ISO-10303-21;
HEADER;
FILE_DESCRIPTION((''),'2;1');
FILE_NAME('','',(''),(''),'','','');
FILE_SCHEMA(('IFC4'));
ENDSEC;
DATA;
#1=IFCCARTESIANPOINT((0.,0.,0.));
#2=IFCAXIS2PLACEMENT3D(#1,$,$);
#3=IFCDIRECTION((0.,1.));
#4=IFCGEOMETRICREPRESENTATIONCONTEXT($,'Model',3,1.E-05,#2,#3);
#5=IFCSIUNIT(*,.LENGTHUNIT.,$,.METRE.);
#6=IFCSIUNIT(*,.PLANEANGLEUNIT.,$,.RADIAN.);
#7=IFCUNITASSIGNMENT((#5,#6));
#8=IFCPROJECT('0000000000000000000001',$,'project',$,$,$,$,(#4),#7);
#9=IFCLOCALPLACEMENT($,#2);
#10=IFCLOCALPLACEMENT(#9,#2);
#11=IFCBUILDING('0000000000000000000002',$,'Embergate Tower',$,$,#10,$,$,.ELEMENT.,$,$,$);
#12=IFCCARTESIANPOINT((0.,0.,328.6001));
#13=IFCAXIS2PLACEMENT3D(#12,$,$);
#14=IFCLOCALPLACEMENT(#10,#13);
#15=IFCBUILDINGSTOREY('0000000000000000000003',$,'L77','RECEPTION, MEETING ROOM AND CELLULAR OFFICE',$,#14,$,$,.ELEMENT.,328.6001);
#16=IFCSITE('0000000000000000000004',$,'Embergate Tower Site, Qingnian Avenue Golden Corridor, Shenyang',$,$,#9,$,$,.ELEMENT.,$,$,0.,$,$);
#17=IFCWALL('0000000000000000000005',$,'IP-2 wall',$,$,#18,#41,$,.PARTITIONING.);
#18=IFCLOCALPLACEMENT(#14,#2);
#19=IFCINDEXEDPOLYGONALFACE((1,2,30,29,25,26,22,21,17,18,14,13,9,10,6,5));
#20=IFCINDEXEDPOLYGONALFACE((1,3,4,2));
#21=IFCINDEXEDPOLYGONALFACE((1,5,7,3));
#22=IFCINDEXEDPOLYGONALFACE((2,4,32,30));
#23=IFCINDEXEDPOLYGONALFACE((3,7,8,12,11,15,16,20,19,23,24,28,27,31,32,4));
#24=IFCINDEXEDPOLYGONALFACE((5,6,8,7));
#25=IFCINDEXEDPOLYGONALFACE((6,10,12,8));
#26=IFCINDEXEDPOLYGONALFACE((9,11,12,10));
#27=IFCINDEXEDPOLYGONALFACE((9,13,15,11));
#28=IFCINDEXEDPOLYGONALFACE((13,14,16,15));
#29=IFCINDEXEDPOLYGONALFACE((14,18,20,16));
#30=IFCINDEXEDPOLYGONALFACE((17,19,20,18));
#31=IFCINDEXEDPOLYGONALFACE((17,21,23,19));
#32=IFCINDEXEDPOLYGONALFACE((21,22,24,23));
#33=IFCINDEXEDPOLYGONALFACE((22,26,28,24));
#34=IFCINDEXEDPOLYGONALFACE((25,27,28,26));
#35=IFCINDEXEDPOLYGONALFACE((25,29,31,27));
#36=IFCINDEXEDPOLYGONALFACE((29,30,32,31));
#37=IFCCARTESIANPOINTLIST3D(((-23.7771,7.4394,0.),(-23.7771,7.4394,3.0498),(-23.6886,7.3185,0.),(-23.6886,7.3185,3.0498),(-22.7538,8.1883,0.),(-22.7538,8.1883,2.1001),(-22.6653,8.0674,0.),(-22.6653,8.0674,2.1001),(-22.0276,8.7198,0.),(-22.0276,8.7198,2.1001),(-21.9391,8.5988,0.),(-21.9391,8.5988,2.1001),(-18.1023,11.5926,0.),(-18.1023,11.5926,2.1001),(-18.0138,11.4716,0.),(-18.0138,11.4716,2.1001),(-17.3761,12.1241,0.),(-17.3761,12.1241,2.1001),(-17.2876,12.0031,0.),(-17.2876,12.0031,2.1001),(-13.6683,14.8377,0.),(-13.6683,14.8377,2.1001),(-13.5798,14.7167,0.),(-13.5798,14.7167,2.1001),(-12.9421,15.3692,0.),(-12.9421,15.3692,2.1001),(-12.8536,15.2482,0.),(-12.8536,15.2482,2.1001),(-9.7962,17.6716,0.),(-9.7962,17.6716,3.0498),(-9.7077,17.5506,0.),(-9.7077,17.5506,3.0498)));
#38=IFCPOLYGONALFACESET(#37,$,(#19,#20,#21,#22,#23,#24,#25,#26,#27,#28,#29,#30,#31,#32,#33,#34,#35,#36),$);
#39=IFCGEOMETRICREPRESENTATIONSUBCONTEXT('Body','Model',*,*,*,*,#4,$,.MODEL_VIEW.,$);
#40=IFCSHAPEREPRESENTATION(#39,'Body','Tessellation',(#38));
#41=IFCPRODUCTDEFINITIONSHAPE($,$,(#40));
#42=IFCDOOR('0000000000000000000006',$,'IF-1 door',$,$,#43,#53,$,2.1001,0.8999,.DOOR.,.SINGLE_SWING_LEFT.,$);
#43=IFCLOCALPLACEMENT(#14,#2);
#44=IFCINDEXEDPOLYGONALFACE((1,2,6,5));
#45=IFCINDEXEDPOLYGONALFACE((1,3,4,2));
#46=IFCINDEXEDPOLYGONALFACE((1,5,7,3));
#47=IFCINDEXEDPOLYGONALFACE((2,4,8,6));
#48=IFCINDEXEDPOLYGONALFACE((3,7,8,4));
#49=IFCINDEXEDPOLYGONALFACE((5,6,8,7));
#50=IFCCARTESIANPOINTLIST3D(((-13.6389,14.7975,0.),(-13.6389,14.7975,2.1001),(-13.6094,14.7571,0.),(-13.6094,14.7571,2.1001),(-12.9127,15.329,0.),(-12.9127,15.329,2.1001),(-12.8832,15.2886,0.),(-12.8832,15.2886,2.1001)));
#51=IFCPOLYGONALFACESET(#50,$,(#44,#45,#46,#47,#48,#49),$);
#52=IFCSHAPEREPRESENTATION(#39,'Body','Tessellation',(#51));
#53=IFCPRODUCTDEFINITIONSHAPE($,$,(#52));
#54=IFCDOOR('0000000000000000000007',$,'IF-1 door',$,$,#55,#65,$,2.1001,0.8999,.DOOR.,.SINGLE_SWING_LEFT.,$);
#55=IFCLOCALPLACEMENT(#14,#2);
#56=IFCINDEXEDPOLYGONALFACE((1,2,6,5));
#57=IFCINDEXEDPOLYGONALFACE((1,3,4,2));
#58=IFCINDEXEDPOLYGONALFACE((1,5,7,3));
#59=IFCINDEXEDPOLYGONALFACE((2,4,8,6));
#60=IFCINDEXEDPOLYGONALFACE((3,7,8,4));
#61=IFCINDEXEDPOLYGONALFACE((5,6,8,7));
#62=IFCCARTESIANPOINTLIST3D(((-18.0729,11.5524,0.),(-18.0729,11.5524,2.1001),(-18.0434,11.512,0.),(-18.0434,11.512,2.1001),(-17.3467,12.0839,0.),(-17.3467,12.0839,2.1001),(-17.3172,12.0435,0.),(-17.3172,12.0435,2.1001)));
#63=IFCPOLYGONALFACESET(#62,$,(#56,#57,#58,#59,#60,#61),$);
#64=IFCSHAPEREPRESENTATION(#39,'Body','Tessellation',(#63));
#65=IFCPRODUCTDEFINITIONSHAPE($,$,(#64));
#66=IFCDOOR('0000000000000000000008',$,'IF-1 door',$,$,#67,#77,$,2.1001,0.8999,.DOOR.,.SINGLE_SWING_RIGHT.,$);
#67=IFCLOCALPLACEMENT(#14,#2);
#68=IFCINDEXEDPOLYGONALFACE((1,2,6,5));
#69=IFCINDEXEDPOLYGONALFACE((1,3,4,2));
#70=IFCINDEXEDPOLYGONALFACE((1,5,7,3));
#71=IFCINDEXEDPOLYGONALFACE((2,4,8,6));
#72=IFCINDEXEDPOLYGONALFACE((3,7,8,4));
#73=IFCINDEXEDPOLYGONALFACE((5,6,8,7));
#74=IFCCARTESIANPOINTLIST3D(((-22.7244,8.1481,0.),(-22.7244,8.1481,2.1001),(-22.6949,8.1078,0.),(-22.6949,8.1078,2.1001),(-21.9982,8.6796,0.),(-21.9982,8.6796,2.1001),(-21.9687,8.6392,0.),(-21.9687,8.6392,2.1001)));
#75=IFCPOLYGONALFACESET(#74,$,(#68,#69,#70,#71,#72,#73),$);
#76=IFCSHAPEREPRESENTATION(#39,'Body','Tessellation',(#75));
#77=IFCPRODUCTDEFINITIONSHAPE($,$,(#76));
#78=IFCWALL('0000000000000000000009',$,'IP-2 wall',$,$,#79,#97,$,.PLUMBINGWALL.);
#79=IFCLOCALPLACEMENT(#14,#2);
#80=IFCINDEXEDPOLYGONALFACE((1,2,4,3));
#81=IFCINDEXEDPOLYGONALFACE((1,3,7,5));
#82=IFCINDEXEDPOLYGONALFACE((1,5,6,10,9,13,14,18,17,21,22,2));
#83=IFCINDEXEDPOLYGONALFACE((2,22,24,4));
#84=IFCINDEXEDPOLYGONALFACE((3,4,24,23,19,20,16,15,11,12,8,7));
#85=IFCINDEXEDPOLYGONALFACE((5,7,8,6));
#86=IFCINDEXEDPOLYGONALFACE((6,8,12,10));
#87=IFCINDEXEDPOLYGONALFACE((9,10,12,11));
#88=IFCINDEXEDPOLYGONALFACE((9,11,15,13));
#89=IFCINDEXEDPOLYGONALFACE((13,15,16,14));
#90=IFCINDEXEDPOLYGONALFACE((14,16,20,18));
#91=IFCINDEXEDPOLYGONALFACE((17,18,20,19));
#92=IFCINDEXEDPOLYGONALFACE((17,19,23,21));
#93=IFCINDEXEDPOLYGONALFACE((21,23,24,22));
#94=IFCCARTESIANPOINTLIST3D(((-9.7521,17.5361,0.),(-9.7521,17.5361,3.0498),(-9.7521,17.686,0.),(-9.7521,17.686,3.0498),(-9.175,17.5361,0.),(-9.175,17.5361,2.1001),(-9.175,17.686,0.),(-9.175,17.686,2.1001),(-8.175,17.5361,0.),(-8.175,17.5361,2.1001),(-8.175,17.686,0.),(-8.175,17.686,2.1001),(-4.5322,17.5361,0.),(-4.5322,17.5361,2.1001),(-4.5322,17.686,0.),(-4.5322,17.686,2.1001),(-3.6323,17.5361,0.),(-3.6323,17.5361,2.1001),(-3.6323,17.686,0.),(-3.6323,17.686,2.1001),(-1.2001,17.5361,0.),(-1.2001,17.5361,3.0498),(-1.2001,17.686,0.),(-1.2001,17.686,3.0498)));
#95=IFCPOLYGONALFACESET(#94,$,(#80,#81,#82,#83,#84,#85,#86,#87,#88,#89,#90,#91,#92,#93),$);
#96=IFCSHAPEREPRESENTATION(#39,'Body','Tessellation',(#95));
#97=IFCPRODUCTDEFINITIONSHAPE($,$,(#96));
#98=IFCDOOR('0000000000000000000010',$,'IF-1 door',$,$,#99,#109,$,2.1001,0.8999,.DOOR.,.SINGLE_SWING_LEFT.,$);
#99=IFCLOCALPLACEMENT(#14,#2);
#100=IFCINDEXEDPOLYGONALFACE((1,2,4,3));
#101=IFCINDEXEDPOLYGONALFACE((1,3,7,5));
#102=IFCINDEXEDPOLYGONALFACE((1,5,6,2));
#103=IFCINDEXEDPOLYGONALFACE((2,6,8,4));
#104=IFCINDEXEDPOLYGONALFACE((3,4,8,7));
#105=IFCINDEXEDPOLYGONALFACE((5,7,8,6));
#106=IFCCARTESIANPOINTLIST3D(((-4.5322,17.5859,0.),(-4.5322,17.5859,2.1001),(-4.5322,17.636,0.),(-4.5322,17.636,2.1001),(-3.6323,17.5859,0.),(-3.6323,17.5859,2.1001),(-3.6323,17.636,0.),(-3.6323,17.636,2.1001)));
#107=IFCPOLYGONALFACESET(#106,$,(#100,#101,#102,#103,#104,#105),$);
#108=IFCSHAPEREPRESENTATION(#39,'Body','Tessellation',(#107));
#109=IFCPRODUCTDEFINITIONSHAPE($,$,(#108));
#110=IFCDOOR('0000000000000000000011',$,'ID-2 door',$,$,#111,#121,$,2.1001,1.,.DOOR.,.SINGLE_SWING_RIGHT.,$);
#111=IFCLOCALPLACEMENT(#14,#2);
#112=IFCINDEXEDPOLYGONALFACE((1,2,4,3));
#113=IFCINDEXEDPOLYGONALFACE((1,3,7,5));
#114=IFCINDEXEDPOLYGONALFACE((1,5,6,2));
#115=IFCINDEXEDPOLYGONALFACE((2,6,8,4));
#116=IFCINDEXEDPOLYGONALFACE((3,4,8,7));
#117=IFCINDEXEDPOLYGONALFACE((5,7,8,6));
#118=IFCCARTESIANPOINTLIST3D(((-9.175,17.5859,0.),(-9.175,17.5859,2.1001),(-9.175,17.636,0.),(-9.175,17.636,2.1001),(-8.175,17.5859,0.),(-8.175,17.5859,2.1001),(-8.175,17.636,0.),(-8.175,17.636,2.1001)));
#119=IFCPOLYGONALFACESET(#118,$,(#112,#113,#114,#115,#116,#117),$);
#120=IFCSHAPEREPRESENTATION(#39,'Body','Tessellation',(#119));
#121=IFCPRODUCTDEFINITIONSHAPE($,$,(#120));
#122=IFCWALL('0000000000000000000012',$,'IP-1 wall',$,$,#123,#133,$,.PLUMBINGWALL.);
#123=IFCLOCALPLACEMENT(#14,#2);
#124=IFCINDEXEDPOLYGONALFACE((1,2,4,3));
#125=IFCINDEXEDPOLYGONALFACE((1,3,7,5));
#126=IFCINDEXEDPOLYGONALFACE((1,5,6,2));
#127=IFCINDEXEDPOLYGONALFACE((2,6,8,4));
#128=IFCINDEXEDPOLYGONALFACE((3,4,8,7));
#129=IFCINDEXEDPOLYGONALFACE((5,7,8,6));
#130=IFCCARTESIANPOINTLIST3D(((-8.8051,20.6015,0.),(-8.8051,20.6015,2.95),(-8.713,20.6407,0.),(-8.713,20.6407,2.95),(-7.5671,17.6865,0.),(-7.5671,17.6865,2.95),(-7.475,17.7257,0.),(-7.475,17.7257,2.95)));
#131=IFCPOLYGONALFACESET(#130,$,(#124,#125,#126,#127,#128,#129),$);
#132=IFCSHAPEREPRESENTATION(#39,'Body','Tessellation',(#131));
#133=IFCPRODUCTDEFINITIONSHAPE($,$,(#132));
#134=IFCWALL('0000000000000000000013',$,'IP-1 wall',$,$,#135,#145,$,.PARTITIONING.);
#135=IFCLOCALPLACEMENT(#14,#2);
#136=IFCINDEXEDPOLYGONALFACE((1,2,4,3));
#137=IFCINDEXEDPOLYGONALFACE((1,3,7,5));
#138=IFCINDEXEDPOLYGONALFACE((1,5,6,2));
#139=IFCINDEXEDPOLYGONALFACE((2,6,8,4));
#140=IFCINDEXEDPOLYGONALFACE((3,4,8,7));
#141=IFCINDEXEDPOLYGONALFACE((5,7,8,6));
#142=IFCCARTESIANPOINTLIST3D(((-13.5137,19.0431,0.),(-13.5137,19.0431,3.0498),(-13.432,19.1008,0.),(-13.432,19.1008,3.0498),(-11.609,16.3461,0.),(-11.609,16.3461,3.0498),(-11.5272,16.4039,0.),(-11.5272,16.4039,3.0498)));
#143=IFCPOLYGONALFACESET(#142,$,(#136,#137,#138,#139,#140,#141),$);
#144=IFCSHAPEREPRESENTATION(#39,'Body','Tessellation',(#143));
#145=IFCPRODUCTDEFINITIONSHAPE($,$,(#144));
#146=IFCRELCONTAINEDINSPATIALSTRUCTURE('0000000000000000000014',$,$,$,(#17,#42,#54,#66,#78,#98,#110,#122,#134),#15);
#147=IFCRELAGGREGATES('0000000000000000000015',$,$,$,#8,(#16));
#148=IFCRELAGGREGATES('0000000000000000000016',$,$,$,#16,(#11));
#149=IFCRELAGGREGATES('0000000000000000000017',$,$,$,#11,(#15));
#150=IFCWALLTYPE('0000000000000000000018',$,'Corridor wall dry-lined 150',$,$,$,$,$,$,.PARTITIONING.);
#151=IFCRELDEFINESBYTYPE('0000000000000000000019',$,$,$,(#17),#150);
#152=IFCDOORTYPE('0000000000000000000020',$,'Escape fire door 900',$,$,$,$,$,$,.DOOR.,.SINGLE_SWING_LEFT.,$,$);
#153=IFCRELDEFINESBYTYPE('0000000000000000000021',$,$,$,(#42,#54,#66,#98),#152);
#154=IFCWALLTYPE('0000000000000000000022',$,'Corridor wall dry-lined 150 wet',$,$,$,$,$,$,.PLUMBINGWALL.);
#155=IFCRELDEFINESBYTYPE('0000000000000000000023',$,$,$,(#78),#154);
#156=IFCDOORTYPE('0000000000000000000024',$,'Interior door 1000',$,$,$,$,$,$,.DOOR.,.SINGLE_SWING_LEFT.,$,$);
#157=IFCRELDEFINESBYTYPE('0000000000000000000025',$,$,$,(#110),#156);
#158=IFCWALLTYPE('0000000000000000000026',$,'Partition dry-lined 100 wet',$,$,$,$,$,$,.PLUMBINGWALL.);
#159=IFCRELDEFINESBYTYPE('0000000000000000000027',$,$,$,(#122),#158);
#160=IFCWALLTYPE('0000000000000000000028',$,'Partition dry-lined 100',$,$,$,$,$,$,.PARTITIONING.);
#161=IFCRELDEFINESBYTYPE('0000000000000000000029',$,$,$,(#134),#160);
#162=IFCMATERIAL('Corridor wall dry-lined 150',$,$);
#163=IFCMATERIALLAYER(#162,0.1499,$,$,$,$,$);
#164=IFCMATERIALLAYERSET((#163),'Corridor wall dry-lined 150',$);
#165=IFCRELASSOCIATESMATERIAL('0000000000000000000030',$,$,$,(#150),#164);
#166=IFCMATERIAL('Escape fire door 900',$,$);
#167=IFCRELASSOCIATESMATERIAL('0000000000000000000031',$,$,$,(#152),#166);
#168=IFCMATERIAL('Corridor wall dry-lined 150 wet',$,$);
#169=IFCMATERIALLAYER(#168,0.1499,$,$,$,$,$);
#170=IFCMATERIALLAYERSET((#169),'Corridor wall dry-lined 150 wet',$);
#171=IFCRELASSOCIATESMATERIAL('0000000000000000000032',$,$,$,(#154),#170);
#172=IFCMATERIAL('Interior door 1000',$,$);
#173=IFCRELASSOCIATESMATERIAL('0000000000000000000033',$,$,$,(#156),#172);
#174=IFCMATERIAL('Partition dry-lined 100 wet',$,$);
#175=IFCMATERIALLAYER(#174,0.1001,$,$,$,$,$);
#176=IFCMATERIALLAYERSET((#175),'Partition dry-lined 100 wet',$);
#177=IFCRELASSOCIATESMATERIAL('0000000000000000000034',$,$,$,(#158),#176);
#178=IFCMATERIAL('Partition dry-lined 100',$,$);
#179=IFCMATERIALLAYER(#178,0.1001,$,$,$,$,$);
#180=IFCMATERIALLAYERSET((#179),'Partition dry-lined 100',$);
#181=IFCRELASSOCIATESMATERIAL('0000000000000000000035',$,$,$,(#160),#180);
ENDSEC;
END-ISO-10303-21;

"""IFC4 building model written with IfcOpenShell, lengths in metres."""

from ifc_helpers import new_model, si_unit, direction, frame, frame_2d, origin, place, context, subcontext, project, spatial, rectangle, extrude, source, transform, mapped, material, layer, layer_set, type_object, element, fill, save


model = new_model("IFC4")

# Units and contexts
model_context = context("Model", 3, precision=1e-05, world=origin(), true_north=direction((0.0, 1.0)))
body_context = subcontext(model_context, "Body", "Model", "MODEL_VIEW")
ifc_project = project(units=[si_unit("LENGTHUNIT", "METRE"), si_unit("PLANEANGLEUNIT", "RADIAN")], contexts=[model_context])

# Site, building, storey
site_placement = place(None, origin())
site = spatial("IfcSite", under=ifc_project, at=site_placement, Name="Embergate Tower Site, Qingnian Avenue Golden Corridor, Shenyang", CompositionType="ELEMENT", RefElevation=0.0)
building_placement = place(site_placement, origin())
building = spatial("IfcBuilding", under=site, at=building_placement, Name="Embergate Tower", CompositionType="ELEMENT")
storey_placement = place(building_placement, frame((0.0, 0.0, 328.6001)))
storey = spatial("IfcBuildingStorey", under=building, at=storey_placement, Name="L77", Description="RECEPTION, MEETING ROOM AND CELLULAR OFFICE", CompositionType="ELEMENT", Elevation=328.6001)

# Walls, openings, doors
ifc_material_1 = material(Name="Corridor wall dry-lined 150")
ifc_layer_1 = layer(ifc_material_1, 0.1499)
ifc_layer_set_1 = layer_set([ifc_layer_1], Name="Corridor wall dry-lined 150")
wall_type_1 = type_object("IfcWallType", Name="Corridor wall dry-lined 150", PredefinedType="PARTITIONING", material=ifc_layer_set_1)
shared_shape_1 = source(origin(), body_context, "Body", "SweptSolid", [
    extrude(rectangle(XDim=17.3252, YDim=0.1499, at=frame_2d((8.6626, 0.0))), origin(), (0.0, 0.0, 1.0), 3.0498),
])
wall_1_placement = place(storey_placement, frame((-9.752, 17.6111, 0.0), z_axis=(0.0, 0.0, 1.0), x_axis=(-0.80697, -0.590593, 0.0)))
wall_1 = element("IfcWall", 1, at=wall_1_placement, inside=storey, type_object=wall_type_1, Name="IP-2 wall", PredefinedType="PARTITIONING", context=body_context, shape_type="MappedRepresentation", body=[
    mapped(shared_shape_1, transform((0.0, 0.0, 0.0))),
])
shared_shape_2 = source(origin(), body_context, "Body", "SweptSolid", [
    extrude(rectangle(XDim=0.8999, YDim=2.1001, at=frame_2d((0.45, 1.05))), frame((0.0, 0.085, 0.0), z_axis=(0.0, -1.0, 0.0), x_axis=(1.0, 0.0, 0.0)), (0.0, 0.0, 1.0), 0.1699),
])
opening_1_placement = place(wall_1_placement, frame((3.8984, 0.0, 0.0)))
opening_1 = element("IfcOpeningElement", 2, at=opening_1_placement, cuts=wall_1, PredefinedType="OPENING", context=body_context, shape_type="MappedRepresentation", body=[
    mapped(shared_shape_2, transform((0.0, 0.0, 0.0))),
])
opening_2_placement = place(wall_1_placement, frame((9.3931, 0.0, 0.0)))
opening_2 = element("IfcOpeningElement", 3, at=opening_2_placement, cuts=wall_1, PredefinedType="OPENING", context=body_context, shape_type="MappedRepresentation", body=[
    mapped(shared_shape_2, transform((0.0, 0.0, 0.0))),
])
opening_3_placement = place(wall_1_placement, frame((15.1572, 0.0, 0.0)))
opening_3 = element("IfcOpeningElement", 4, at=opening_3_placement, cuts=wall_1, PredefinedType="OPENING", context=body_context, shape_type="MappedRepresentation", body=[
    mapped(shared_shape_2, transform((0.0, 0.0, 0.0))),
])
ifc_material_2 = material(Name="Escape fire door 900")
door_type_1 = type_object("IfcDoorType", Name="Escape fire door 900", OperationType="SINGLE_SWING_LEFT", PredefinedType="DOOR", material=ifc_material_2)
shared_shape_3 = source(origin(), body_context, "Body", "SweptSolid", [
    extrude(rectangle(XDim=0.8999, YDim=2.1001, at=frame_2d((0.45, 1.05))), frame((0.0, 0.0249, 0.0), z_axis=(0.0, -1.0, 0.0), x_axis=(1.0, 0.0, 0.0)), (0.0, 0.0, 1.0), 0.05),
])
door_1_placement = place(opening_1_placement, origin())
door_1 = element("IfcDoor", 5, at=door_1_placement, inside=storey, type_object=door_type_1, Name="IF-1 door", OperationType="SINGLE_SWING_LEFT", OverallHeight=2.1001, OverallWidth=0.8999, PredefinedType="DOOR", context=body_context, shape_type="MappedRepresentation", body=[
    mapped(shared_shape_3, transform((0.0, 0.0, 0.0))),
])
fill(opening_1, door_1)
door_2_placement = place(opening_2_placement, origin())
door_2 = element("IfcDoor", 6, at=door_2_placement, inside=storey, type_object=door_type_1, Name="IF-1 door", OperationType="SINGLE_SWING_LEFT", OverallHeight=2.1001, OverallWidth=0.8999, PredefinedType="DOOR", context=body_context, shape_type="MappedRepresentation", body=[
    mapped(shared_shape_3, transform((0.0, 0.0, 0.0))),
])
fill(opening_2, door_2)
door_3_placement = place(opening_3_placement, origin())
door_3 = element("IfcDoor", 7, at=door_3_placement, inside=storey, type_object=door_type_1, Name="IF-1 door", OperationType="SINGLE_SWING_RIGHT", OverallHeight=2.1001, OverallWidth=0.8999, PredefinedType="DOOR", context=body_context, shape_type="MappedRepresentation", body=[
    mapped(shared_shape_3, transform((0.0, 0.0, 0.0))),
])
fill(opening_3, door_3)
ifc_material_3 = material(Name="Corridor wall dry-lined 150 wet")
ifc_layer_2 = layer(ifc_material_3, 0.1499)
ifc_layer_set_2 = layer_set([ifc_layer_2], Name="Corridor wall dry-lined 150 wet")
wall_type_2 = type_object("IfcWallType", Name="Corridor wall dry-lined 150 wet", PredefinedType="PLUMBINGWALL", material=ifc_layer_set_2)
shared_shape_4 = source(origin(), body_context, "Body", "SweptSolid", [
    extrude(rectangle(XDim=8.552, YDim=0.1499, at=frame_2d((4.2759, 0.0))), origin(), (0.0, 0.0, 1.0), 3.0498),
])
wall_2_placement = place(storey_placement, frame((-9.752, 17.6111, 0.0), z_axis=(0.0, 0.0, 1.0), x_axis=(1.0, 0.0, 0.0)))
wall_2 = element("IfcWall", 8, at=wall_2_placement, inside=storey, type_object=wall_type_2, Name="IP-2 wall", PredefinedType="PLUMBINGWALL", context=body_context, shape_type="MappedRepresentation", body=[
    mapped(shared_shape_4, transform((0.0, 0.0, 0.0))),
])
opening_4_placement = place(wall_2_placement, frame((5.2197, 0.0, 0.0)))
opening_4 = element("IfcOpeningElement", 9, at=opening_4_placement, cuts=wall_2, PredefinedType="OPENING", context=body_context, shape_type="MappedRepresentation", body=[
    mapped(shared_shape_2, transform((0.0, 0.0, 0.0))),
])
shared_shape_5 = source(origin(), body_context, "Body", "SweptSolid", [
    extrude(rectangle(XDim=1.0, YDim=2.1001, at=frame_2d((0.5, 1.05))), frame((0.0, 0.085, 0.0), z_axis=(0.0, -1.0, 0.0), x_axis=(1.0, 0.0, 0.0)), (0.0, 0.0, 1.0), 0.1699),
])
opening_5_placement = place(wall_2_placement, frame((0.5769, 0.0, 0.0)))
opening_5 = element("IfcOpeningElement", 10, at=opening_5_placement, cuts=wall_2, PredefinedType="OPENING", context=body_context, shape_type="MappedRepresentation", body=[
    mapped(shared_shape_5, transform((0.0, 0.0, 0.0))),
])
door_4_placement = place(opening_4_placement, origin())
door_4 = element("IfcDoor", 11, at=door_4_placement, inside=storey, type_object=door_type_1, Name="IF-1 door", OperationType="SINGLE_SWING_LEFT", OverallHeight=2.1001, OverallWidth=0.8999, PredefinedType="DOOR", context=body_context, shape_type="MappedRepresentation", body=[
    mapped(shared_shape_3, transform((0.0, 0.0, 0.0))),
])
fill(opening_4, door_4)
ifc_material_4 = material(Name="Interior door 1000")
door_type_2 = type_object("IfcDoorType", Name="Interior door 1000", OperationType="SINGLE_SWING_LEFT", PredefinedType="DOOR", material=ifc_material_4)
shared_shape_6 = source(origin(), body_context, "Body", "SweptSolid", [
    extrude(rectangle(XDim=1.0, YDim=2.1001, at=frame_2d((0.5, 1.05))), frame((0.0, 0.0249, 0.0), z_axis=(0.0, -1.0, 0.0), x_axis=(1.0, 0.0, 0.0)), (0.0, 0.0, 1.0), 0.05),
])
door_5_placement = place(opening_5_placement, origin())
door_5 = element("IfcDoor", 12, at=door_5_placement, inside=storey, type_object=door_type_2, Name="ID-2 door", OperationType="SINGLE_SWING_RIGHT", OverallHeight=2.1001, OverallWidth=1.0, PredefinedType="DOOR", context=body_context, shape_type="MappedRepresentation", body=[
    mapped(shared_shape_6, transform((0.0, 0.0, 0.0))),
])
fill(opening_5, door_5)

# Walls
ifc_material_5 = material(Name="Partition dry-lined 100 wet")
ifc_layer_3 = layer(ifc_material_5, 0.1001)
ifc_layer_set_3 = layer_set([ifc_layer_3], Name="Partition dry-lined 100 wet")
wall_type_3 = type_object("IfcWallType", Name="Partition dry-lined 100 wet", PredefinedType="PLUMBINGWALL", material=ifc_layer_set_3)
shared_shape_7 = source(origin(), body_context, "Body", "SweptSolid", [
    extrude(rectangle(XDim=3.167, YDim=0.1001, at=frame_2d((1.5835, 0.0))), origin(), (0.0, 0.0, 1.0), 2.95),
])
wall_3_placement = place(storey_placement, frame((-8.759, 20.6211, 0.0), z_axis=(0.0, 0.0, 1.0), x_axis=(0.390912, -0.920428, 0.0)))
element("IfcWall", 13, at=wall_3_placement, inside=storey, type_object=wall_type_3, Name="IP-1 wall", PredefinedType="PLUMBINGWALL", context=body_context, shape_type="MappedRepresentation", body=[
    mapped(shared_shape_7, transform((0.0, 0.0, 0.0))),
])
ifc_material_6 = material(Name="Partition dry-lined 100")
ifc_layer_4 = layer(ifc_material_6, 0.1001)
ifc_layer_set_4 = layer_set([ifc_layer_4], Name="Partition dry-lined 100")
wall_type_4 = type_object("IfcWallType", Name="Partition dry-lined 100", PredefinedType="PARTITIONING", material=ifc_layer_set_4)
shared_shape_8 = source(origin(), body_context, "Body", "SweptSolid", [
    extrude(rectangle(XDim=3.3018, YDim=0.1001, at=frame_2d((1.6509, 0.0))), origin(), (0.0, 0.0, 1.0), 3.0498),
])
wall_4_placement = place(storey_placement, frame((-11.5681, 16.375, 0.0), z_axis=(0.0, 0.0, 1.0), x_axis=(-0.576886, 0.816824, 0.0)))
element("IfcWall", 14, at=wall_4_placement, inside=storey, type_object=wall_type_4, Name="IP-1 wall", PredefinedType="PARTITIONING", context=body_context, shape_type="MappedRepresentation", body=[
    mapped(shared_shape_8, transform((0.0, 0.0, 0.0))),
])

save(model, "model.ifc")
